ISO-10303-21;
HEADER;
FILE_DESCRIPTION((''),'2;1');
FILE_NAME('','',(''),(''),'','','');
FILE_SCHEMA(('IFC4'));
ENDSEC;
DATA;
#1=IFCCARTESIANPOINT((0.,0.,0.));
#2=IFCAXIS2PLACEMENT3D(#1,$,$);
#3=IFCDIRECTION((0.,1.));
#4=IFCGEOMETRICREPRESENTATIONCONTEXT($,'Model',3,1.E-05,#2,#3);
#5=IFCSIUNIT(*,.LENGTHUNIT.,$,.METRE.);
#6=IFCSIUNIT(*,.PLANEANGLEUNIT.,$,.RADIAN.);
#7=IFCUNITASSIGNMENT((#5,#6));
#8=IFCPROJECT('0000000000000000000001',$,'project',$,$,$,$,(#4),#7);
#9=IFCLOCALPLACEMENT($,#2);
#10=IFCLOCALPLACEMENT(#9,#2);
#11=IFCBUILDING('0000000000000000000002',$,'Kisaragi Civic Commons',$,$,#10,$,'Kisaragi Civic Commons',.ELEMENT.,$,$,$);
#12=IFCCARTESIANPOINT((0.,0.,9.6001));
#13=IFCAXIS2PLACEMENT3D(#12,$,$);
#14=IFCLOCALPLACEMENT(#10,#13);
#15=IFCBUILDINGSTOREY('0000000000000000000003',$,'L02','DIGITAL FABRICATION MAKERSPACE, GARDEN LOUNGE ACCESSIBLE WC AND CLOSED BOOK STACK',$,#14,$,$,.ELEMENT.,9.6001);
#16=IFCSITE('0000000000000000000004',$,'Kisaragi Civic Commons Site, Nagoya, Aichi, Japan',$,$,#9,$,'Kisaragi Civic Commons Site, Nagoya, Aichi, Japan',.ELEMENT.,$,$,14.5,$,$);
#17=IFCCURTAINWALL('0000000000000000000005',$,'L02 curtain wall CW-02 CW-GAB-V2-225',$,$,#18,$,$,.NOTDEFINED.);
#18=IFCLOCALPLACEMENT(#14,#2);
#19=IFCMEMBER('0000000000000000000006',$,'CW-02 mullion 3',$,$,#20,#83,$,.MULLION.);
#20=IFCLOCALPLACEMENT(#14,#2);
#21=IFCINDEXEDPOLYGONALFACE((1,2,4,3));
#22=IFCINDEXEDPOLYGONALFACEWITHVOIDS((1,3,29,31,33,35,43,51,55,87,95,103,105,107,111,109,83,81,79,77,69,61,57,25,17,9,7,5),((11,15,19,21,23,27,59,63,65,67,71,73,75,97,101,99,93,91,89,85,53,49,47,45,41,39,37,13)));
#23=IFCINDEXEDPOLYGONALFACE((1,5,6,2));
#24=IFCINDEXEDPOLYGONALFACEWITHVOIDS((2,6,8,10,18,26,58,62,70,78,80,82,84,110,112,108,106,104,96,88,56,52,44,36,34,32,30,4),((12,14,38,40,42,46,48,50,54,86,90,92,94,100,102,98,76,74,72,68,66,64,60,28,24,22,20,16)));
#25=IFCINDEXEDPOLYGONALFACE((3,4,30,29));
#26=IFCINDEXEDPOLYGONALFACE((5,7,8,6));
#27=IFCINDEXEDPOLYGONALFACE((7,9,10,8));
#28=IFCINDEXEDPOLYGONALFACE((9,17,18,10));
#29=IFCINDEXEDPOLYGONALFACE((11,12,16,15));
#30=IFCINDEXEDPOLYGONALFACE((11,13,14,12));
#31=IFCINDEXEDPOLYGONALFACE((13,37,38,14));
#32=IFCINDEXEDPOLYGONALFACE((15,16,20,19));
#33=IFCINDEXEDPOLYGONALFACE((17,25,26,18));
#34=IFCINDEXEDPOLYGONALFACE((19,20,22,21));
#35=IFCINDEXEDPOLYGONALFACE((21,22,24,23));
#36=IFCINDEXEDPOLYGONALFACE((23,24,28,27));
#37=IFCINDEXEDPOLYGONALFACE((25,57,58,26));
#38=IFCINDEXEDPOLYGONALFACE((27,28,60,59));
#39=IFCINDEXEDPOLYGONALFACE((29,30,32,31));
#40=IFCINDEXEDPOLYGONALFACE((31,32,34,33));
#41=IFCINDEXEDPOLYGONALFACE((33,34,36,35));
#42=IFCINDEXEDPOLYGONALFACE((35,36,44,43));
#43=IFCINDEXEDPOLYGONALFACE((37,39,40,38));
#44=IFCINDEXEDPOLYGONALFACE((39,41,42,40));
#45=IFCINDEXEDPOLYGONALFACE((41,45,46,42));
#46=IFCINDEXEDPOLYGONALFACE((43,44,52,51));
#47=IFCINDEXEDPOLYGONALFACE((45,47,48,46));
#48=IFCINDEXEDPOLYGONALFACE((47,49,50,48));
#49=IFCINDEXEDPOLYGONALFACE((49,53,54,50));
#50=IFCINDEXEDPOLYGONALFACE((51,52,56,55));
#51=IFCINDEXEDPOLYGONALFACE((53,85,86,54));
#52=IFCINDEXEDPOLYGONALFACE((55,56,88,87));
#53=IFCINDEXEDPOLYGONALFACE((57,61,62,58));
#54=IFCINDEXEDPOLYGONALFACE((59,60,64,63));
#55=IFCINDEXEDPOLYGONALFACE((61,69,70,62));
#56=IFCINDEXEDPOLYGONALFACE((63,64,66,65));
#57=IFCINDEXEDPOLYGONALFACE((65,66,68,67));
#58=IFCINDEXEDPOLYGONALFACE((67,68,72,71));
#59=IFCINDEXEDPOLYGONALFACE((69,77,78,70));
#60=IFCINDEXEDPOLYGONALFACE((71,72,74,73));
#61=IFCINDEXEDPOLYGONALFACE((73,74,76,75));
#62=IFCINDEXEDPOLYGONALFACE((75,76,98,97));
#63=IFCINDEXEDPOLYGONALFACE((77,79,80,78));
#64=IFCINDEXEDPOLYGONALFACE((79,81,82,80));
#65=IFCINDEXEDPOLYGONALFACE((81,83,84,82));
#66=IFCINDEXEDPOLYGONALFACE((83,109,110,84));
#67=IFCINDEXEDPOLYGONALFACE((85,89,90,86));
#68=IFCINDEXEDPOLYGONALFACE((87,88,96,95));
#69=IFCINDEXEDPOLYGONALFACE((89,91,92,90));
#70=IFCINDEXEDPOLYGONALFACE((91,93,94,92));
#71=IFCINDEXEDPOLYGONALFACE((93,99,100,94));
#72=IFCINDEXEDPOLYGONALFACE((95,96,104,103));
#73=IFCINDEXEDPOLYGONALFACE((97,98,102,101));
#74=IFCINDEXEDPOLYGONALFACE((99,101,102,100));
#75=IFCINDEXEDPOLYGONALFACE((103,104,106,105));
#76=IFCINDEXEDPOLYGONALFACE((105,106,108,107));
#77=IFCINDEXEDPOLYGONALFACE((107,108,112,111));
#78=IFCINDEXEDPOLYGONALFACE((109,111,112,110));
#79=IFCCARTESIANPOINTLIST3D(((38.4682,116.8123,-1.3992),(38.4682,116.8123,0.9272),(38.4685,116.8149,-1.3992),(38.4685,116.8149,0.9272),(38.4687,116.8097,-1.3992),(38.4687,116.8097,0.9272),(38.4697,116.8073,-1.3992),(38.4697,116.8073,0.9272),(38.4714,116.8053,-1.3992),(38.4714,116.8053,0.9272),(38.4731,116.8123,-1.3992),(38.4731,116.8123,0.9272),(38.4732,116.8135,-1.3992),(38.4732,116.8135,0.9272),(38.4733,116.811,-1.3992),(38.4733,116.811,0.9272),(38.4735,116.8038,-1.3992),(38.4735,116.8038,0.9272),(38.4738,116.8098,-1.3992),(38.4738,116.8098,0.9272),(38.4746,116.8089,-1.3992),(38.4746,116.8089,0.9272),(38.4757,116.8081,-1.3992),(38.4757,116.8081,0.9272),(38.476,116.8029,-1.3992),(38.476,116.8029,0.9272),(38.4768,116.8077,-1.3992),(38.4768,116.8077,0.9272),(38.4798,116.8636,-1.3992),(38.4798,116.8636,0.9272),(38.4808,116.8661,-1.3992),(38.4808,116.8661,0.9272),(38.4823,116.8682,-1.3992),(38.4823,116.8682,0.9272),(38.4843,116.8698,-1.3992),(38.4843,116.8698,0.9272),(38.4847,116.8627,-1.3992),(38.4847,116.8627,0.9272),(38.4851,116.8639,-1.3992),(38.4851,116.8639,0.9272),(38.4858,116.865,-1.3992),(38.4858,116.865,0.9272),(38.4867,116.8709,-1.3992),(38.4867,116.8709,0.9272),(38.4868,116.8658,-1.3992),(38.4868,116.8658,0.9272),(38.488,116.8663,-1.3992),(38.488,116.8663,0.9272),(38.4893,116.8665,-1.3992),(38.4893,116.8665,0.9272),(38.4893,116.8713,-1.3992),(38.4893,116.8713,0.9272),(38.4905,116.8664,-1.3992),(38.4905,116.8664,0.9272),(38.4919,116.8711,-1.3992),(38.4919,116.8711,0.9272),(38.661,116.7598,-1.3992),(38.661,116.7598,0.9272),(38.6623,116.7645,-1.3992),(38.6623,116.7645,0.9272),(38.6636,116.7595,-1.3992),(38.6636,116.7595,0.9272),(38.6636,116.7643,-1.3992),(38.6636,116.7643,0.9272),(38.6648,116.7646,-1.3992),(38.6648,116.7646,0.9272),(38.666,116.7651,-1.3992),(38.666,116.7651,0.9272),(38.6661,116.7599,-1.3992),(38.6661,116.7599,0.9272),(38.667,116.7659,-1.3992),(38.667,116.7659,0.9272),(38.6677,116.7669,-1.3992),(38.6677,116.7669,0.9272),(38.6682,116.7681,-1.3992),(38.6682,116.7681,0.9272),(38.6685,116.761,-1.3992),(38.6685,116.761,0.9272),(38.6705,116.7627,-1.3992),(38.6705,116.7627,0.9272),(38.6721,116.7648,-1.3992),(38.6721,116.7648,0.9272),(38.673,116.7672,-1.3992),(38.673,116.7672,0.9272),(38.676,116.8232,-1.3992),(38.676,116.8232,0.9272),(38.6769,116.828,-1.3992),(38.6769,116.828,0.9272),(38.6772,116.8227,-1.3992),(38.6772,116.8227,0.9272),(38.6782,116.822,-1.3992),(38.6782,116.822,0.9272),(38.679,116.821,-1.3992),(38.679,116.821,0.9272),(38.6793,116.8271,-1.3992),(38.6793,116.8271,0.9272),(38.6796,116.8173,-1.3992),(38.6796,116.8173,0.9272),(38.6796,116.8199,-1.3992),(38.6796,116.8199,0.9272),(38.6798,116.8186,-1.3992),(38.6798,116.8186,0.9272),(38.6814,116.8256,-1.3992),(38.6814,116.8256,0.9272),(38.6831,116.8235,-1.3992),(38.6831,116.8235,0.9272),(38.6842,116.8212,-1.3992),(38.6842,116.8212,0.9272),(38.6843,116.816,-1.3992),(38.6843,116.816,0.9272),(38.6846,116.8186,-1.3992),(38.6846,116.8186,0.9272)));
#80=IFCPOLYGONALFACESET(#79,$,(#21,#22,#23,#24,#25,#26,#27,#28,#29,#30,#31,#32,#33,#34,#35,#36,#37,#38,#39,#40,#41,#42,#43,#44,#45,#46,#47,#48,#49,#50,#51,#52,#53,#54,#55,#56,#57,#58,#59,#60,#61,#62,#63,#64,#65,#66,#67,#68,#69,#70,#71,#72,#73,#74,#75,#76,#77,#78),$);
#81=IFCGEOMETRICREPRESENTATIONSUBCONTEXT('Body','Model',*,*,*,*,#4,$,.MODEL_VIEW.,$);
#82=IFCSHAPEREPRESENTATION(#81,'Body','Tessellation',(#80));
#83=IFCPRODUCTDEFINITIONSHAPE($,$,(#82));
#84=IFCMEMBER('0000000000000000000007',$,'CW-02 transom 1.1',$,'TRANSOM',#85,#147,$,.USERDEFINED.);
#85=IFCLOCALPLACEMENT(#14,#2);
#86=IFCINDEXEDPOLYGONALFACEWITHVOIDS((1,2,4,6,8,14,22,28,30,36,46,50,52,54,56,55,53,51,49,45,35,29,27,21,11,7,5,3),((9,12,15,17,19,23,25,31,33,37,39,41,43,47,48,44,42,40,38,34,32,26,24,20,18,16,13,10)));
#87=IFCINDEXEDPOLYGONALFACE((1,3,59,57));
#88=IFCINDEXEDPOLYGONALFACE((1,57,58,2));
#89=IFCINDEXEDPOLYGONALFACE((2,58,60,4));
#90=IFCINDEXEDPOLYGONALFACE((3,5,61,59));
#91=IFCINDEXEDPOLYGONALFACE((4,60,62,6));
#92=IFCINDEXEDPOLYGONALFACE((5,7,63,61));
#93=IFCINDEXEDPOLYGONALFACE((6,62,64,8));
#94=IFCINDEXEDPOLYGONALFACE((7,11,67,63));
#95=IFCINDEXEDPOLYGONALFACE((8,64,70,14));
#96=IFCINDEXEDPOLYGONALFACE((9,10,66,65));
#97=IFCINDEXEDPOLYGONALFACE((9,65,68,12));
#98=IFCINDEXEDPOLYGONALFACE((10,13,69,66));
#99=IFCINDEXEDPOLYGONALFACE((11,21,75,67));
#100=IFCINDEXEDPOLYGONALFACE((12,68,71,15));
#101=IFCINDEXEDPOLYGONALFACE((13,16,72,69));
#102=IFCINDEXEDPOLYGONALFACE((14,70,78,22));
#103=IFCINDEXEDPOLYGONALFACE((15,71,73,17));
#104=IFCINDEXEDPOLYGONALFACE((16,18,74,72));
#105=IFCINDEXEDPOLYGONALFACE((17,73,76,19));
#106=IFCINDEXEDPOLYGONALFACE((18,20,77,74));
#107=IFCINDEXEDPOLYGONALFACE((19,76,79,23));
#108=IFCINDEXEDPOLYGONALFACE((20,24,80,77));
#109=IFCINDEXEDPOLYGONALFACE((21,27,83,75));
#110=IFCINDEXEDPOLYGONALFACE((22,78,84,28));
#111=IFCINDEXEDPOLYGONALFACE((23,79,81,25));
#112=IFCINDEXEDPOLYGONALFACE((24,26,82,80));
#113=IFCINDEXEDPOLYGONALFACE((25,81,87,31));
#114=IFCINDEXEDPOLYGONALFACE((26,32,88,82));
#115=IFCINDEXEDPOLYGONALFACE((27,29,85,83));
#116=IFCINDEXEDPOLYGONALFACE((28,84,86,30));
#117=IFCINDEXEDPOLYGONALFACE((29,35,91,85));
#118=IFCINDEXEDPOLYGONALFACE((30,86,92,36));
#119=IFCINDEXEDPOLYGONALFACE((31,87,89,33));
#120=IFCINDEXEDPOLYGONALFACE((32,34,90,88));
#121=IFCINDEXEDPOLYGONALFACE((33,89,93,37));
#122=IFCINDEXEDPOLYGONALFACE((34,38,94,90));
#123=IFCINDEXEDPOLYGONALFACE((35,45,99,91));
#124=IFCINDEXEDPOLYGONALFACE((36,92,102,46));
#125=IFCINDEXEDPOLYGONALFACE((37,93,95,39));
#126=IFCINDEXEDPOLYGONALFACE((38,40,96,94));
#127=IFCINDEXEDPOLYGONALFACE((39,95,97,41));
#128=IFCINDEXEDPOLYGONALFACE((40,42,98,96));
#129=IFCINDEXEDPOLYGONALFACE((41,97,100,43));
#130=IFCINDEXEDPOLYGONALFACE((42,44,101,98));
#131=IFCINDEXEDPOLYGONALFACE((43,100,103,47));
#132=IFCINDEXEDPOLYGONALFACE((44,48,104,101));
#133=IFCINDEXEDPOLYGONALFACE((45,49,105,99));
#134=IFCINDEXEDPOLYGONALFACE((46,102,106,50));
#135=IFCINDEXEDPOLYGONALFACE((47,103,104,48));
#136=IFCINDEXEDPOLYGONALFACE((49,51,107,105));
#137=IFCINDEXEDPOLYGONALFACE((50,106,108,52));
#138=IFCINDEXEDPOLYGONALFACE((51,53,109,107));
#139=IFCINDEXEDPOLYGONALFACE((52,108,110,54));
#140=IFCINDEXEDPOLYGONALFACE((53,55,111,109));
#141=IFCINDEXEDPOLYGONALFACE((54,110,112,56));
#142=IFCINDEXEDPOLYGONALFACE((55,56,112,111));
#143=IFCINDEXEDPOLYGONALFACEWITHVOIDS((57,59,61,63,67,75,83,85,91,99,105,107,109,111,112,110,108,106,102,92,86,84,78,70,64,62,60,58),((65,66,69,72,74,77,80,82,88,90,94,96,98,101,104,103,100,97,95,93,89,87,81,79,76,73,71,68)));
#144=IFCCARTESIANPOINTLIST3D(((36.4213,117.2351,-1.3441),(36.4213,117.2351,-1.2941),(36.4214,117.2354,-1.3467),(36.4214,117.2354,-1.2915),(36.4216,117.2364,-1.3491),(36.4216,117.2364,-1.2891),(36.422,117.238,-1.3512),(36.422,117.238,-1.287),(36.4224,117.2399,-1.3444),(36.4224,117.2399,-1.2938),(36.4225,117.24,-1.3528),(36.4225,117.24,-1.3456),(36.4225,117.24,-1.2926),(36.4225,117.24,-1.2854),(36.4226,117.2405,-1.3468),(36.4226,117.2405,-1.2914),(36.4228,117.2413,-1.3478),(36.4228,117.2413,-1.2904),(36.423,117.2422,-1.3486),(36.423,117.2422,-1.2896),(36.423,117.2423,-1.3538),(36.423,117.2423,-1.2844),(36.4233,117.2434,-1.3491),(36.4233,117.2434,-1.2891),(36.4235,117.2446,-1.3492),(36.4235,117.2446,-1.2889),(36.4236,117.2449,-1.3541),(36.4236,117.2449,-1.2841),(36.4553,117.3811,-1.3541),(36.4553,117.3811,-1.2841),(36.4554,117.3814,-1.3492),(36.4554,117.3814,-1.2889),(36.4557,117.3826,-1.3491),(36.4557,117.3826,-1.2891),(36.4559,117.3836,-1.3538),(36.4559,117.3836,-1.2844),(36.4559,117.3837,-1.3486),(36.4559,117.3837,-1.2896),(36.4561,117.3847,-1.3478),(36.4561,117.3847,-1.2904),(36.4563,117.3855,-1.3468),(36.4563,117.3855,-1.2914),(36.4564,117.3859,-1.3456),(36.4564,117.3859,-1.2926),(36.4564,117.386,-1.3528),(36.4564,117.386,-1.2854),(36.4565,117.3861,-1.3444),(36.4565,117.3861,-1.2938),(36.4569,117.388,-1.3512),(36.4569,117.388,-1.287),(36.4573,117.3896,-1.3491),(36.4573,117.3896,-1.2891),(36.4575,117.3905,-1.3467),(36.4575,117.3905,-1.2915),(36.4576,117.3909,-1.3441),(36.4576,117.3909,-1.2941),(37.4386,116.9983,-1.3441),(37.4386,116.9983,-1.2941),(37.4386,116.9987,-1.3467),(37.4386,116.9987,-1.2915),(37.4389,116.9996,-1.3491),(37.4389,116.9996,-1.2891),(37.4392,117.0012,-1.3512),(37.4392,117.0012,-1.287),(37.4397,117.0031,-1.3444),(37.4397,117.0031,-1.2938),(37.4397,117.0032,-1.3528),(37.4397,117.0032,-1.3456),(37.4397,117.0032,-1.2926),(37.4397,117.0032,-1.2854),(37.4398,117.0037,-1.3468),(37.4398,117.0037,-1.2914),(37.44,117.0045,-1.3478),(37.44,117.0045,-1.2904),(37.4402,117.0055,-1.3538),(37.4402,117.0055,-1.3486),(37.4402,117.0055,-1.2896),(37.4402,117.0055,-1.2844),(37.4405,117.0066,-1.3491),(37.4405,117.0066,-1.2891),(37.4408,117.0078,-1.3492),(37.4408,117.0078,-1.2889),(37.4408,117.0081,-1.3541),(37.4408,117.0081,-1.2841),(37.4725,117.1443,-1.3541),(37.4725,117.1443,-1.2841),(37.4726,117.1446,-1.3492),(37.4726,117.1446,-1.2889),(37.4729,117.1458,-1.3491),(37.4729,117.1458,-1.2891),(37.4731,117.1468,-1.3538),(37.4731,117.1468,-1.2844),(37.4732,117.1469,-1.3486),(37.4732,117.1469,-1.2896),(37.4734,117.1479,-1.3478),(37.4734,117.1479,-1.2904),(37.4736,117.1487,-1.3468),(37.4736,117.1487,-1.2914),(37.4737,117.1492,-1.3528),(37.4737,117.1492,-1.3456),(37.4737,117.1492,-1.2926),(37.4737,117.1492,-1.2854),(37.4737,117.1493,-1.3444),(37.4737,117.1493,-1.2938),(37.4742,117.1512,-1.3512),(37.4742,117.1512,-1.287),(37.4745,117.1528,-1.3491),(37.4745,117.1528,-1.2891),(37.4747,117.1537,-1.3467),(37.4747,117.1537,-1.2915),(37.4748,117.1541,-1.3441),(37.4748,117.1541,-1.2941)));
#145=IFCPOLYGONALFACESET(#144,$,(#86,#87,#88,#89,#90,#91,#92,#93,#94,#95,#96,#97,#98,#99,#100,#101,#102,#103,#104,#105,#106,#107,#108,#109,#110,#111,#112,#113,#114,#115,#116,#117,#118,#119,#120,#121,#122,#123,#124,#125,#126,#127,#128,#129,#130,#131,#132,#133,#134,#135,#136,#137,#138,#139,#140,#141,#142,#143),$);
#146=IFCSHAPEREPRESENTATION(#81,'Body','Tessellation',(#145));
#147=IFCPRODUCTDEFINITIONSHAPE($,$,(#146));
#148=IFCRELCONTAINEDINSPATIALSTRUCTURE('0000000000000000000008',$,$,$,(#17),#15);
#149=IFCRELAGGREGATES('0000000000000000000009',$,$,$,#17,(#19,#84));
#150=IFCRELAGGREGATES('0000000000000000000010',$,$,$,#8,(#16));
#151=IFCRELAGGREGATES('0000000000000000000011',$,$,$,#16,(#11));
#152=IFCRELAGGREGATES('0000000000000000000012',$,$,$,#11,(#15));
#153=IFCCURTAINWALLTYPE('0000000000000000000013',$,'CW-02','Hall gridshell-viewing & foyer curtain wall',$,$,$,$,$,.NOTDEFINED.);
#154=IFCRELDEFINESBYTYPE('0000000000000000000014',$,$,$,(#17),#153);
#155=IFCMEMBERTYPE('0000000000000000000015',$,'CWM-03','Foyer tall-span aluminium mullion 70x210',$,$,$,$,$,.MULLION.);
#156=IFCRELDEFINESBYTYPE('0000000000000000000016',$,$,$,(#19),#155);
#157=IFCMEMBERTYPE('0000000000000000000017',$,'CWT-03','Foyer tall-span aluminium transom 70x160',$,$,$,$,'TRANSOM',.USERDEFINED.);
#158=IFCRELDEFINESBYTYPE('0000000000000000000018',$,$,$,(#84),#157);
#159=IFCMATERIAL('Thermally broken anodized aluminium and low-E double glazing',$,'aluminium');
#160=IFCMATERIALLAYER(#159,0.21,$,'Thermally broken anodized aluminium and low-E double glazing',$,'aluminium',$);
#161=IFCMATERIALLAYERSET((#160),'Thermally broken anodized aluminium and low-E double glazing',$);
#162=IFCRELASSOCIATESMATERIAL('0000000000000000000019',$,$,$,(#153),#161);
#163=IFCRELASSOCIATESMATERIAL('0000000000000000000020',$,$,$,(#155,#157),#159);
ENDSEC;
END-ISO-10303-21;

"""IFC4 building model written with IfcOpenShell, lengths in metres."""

from ifc_helpers import new_model, si_unit, direction, frame, origin, origin_2d, place, context, subcontext, project, spatial, hollow_rectangle, extrude, material, layer, layer_set, material_profile, profile_set, type_object, element, aggregate, save


model = new_model("IFC4")

# Units and contexts
model_context = context("Model", 3, precision=1e-05, world=origin(), true_north=direction((0.0, 1.0)))
body_context = subcontext(model_context, "Body", "Model", "MODEL_VIEW")
ifc_project = project(units=[si_unit("LENGTHUNIT", "METRE"), si_unit("PLANEANGLEUNIT", "RADIAN")], contexts=[model_context])

# Site, building, storey
site_placement = place(None, origin())
site = spatial("IfcSite", under=ifc_project, at=site_placement, Name="Kisaragi Civic Commons Site, Nagoya, Aichi, Japan", LongName="Kisaragi Civic Commons Site, Nagoya, Aichi, Japan", CompositionType="ELEMENT", RefElevation=14.5)
building_placement = place(site_placement, origin())
building = spatial("IfcBuilding", under=site, at=building_placement, Name="Kisaragi Civic Commons", LongName="Kisaragi Civic Commons", CompositionType="ELEMENT")
storey_placement = place(building_placement, frame((0.0, 0.0, 9.6001)))
storey = spatial("IfcBuildingStorey", under=building, at=storey_placement, Name="L02", Description="DIGITAL FABRICATION MAKERSPACE, GARDEN LOUNGE ACCESSIBLE WC AND CLOSED BOOK STACK", CompositionType="ELEMENT", Elevation=9.6001)

# Curtain wall, members
ifc_material_1 = material(Name="Thermally broken anodized aluminium and low-E double glazing", Category="aluminium")
ifc_layer_1 = layer(ifc_material_1, 0.21, Name="Thermally broken anodized aluminium and low-E double glazing", Category="aluminium")
ifc_layer_set_1 = layer_set([ifc_layer_1], Name="Thermally broken anodized aluminium and low-E double glazing")
curtain_wall_type = type_object("IfcCurtainWallType", Name="CW-02", Description="Hall gridshell-viewing & foyer curtain wall", PredefinedType="NOTDEFINED", material=ifc_layer_set_1)
curtain_wall_placement = place(storey_placement, origin())
curtain_wall = element("IfcCurtainWall", 1, at=curtain_wall_placement, inside=storey, type_object=curtain_wall_type, Name="L02 curtain wall CW-02 CW-GAB-V2-225", PredefinedType="NOTDEFINED")
ifc_material_profile_1 = material_profile(ifc_material_1, hollow_rectangle(XDim=0.0701, YDim=0.21, WallThickness=0.0049, InnerFilletRadius=0.0049, OuterFilletRadius=0.01, at=origin_2d()), Name="CWM-70x210x5", Category="aluminium")
ifc_profile_set_1 = profile_set([ifc_material_profile_1], Name="Thermally broken anodized aluminium and low-E double glazing")
member_type_1 = type_object("IfcMemberType", Name="CWM-03", Description="Foyer tall-span aluminium mullion 70x210", PredefinedType="MULLION", material=ifc_profile_set_1)
member_1_placement = place(storey_placement, frame((38.5764, 116.8154, -1.3992), z_axis=(0.0, 0.0, 1.0), x_axis=(0.226825, 0.973935, 0.0)))
member_1 = element("IfcMember", 2, at=member_1_placement, type_object=member_type_1, Name="CW-02 mullion 3", PredefinedType="MULLION", context=body_context, shape_type="SweptSolid", body=[
    extrude(hollow_rectangle(XDim=0.0701, YDim=0.21, WallThickness=0.0049, InnerFilletRadius=0.0049, OuterFilletRadius=0.01, at=origin_2d()), origin(), (0.0, 0.0, 1.0), 2.3264),
])
ifc_material_profile_2 = material_profile(ifc_material_1, hollow_rectangle(XDim=0.1599, YDim=0.0701, WallThickness=0.0049, InnerFilletRadius=0.0049, OuterFilletRadius=0.01, at=origin_2d()), Name="CWT-70x160x5", Category="aluminium")
ifc_profile_set_2 = profile_set([ifc_material_profile_2], Name="Thermally broken anodized aluminium and low-E double glazing")
member_type_2 = type_object("IfcMemberType", Name="CWT-03", Description="Foyer tall-span aluminium transom 70x160", ElementType="TRANSOM", PredefinedType="USERDEFINED", material=ifc_profile_set_2)
member_2_placement = place(storey_placement, frame((36.4395, 117.313, -1.3191), z_axis=(0.97396, -0.22672, 0.0), x_axis=(0.22672, 0.97396, 0.0)))
member_2 = element("IfcMember", 3, at=member_2_placement, type_object=member_type_2, Name="CW-02 transom 1.1", ObjectType="TRANSOM", PredefinedType="USERDEFINED", context=body_context, shape_type="SweptSolid", body=[
    extrude(hollow_rectangle(XDim=0.1599, YDim=0.0701, WallThickness=0.0049, InnerFilletRadius=0.0049, OuterFilletRadius=0.01, at=origin_2d()), origin(), (0.0, 0.0, 1.0), 1.0444),
])

aggregate(curtain_wall, [member_1, member_2])

save(model, "model.ifc")
